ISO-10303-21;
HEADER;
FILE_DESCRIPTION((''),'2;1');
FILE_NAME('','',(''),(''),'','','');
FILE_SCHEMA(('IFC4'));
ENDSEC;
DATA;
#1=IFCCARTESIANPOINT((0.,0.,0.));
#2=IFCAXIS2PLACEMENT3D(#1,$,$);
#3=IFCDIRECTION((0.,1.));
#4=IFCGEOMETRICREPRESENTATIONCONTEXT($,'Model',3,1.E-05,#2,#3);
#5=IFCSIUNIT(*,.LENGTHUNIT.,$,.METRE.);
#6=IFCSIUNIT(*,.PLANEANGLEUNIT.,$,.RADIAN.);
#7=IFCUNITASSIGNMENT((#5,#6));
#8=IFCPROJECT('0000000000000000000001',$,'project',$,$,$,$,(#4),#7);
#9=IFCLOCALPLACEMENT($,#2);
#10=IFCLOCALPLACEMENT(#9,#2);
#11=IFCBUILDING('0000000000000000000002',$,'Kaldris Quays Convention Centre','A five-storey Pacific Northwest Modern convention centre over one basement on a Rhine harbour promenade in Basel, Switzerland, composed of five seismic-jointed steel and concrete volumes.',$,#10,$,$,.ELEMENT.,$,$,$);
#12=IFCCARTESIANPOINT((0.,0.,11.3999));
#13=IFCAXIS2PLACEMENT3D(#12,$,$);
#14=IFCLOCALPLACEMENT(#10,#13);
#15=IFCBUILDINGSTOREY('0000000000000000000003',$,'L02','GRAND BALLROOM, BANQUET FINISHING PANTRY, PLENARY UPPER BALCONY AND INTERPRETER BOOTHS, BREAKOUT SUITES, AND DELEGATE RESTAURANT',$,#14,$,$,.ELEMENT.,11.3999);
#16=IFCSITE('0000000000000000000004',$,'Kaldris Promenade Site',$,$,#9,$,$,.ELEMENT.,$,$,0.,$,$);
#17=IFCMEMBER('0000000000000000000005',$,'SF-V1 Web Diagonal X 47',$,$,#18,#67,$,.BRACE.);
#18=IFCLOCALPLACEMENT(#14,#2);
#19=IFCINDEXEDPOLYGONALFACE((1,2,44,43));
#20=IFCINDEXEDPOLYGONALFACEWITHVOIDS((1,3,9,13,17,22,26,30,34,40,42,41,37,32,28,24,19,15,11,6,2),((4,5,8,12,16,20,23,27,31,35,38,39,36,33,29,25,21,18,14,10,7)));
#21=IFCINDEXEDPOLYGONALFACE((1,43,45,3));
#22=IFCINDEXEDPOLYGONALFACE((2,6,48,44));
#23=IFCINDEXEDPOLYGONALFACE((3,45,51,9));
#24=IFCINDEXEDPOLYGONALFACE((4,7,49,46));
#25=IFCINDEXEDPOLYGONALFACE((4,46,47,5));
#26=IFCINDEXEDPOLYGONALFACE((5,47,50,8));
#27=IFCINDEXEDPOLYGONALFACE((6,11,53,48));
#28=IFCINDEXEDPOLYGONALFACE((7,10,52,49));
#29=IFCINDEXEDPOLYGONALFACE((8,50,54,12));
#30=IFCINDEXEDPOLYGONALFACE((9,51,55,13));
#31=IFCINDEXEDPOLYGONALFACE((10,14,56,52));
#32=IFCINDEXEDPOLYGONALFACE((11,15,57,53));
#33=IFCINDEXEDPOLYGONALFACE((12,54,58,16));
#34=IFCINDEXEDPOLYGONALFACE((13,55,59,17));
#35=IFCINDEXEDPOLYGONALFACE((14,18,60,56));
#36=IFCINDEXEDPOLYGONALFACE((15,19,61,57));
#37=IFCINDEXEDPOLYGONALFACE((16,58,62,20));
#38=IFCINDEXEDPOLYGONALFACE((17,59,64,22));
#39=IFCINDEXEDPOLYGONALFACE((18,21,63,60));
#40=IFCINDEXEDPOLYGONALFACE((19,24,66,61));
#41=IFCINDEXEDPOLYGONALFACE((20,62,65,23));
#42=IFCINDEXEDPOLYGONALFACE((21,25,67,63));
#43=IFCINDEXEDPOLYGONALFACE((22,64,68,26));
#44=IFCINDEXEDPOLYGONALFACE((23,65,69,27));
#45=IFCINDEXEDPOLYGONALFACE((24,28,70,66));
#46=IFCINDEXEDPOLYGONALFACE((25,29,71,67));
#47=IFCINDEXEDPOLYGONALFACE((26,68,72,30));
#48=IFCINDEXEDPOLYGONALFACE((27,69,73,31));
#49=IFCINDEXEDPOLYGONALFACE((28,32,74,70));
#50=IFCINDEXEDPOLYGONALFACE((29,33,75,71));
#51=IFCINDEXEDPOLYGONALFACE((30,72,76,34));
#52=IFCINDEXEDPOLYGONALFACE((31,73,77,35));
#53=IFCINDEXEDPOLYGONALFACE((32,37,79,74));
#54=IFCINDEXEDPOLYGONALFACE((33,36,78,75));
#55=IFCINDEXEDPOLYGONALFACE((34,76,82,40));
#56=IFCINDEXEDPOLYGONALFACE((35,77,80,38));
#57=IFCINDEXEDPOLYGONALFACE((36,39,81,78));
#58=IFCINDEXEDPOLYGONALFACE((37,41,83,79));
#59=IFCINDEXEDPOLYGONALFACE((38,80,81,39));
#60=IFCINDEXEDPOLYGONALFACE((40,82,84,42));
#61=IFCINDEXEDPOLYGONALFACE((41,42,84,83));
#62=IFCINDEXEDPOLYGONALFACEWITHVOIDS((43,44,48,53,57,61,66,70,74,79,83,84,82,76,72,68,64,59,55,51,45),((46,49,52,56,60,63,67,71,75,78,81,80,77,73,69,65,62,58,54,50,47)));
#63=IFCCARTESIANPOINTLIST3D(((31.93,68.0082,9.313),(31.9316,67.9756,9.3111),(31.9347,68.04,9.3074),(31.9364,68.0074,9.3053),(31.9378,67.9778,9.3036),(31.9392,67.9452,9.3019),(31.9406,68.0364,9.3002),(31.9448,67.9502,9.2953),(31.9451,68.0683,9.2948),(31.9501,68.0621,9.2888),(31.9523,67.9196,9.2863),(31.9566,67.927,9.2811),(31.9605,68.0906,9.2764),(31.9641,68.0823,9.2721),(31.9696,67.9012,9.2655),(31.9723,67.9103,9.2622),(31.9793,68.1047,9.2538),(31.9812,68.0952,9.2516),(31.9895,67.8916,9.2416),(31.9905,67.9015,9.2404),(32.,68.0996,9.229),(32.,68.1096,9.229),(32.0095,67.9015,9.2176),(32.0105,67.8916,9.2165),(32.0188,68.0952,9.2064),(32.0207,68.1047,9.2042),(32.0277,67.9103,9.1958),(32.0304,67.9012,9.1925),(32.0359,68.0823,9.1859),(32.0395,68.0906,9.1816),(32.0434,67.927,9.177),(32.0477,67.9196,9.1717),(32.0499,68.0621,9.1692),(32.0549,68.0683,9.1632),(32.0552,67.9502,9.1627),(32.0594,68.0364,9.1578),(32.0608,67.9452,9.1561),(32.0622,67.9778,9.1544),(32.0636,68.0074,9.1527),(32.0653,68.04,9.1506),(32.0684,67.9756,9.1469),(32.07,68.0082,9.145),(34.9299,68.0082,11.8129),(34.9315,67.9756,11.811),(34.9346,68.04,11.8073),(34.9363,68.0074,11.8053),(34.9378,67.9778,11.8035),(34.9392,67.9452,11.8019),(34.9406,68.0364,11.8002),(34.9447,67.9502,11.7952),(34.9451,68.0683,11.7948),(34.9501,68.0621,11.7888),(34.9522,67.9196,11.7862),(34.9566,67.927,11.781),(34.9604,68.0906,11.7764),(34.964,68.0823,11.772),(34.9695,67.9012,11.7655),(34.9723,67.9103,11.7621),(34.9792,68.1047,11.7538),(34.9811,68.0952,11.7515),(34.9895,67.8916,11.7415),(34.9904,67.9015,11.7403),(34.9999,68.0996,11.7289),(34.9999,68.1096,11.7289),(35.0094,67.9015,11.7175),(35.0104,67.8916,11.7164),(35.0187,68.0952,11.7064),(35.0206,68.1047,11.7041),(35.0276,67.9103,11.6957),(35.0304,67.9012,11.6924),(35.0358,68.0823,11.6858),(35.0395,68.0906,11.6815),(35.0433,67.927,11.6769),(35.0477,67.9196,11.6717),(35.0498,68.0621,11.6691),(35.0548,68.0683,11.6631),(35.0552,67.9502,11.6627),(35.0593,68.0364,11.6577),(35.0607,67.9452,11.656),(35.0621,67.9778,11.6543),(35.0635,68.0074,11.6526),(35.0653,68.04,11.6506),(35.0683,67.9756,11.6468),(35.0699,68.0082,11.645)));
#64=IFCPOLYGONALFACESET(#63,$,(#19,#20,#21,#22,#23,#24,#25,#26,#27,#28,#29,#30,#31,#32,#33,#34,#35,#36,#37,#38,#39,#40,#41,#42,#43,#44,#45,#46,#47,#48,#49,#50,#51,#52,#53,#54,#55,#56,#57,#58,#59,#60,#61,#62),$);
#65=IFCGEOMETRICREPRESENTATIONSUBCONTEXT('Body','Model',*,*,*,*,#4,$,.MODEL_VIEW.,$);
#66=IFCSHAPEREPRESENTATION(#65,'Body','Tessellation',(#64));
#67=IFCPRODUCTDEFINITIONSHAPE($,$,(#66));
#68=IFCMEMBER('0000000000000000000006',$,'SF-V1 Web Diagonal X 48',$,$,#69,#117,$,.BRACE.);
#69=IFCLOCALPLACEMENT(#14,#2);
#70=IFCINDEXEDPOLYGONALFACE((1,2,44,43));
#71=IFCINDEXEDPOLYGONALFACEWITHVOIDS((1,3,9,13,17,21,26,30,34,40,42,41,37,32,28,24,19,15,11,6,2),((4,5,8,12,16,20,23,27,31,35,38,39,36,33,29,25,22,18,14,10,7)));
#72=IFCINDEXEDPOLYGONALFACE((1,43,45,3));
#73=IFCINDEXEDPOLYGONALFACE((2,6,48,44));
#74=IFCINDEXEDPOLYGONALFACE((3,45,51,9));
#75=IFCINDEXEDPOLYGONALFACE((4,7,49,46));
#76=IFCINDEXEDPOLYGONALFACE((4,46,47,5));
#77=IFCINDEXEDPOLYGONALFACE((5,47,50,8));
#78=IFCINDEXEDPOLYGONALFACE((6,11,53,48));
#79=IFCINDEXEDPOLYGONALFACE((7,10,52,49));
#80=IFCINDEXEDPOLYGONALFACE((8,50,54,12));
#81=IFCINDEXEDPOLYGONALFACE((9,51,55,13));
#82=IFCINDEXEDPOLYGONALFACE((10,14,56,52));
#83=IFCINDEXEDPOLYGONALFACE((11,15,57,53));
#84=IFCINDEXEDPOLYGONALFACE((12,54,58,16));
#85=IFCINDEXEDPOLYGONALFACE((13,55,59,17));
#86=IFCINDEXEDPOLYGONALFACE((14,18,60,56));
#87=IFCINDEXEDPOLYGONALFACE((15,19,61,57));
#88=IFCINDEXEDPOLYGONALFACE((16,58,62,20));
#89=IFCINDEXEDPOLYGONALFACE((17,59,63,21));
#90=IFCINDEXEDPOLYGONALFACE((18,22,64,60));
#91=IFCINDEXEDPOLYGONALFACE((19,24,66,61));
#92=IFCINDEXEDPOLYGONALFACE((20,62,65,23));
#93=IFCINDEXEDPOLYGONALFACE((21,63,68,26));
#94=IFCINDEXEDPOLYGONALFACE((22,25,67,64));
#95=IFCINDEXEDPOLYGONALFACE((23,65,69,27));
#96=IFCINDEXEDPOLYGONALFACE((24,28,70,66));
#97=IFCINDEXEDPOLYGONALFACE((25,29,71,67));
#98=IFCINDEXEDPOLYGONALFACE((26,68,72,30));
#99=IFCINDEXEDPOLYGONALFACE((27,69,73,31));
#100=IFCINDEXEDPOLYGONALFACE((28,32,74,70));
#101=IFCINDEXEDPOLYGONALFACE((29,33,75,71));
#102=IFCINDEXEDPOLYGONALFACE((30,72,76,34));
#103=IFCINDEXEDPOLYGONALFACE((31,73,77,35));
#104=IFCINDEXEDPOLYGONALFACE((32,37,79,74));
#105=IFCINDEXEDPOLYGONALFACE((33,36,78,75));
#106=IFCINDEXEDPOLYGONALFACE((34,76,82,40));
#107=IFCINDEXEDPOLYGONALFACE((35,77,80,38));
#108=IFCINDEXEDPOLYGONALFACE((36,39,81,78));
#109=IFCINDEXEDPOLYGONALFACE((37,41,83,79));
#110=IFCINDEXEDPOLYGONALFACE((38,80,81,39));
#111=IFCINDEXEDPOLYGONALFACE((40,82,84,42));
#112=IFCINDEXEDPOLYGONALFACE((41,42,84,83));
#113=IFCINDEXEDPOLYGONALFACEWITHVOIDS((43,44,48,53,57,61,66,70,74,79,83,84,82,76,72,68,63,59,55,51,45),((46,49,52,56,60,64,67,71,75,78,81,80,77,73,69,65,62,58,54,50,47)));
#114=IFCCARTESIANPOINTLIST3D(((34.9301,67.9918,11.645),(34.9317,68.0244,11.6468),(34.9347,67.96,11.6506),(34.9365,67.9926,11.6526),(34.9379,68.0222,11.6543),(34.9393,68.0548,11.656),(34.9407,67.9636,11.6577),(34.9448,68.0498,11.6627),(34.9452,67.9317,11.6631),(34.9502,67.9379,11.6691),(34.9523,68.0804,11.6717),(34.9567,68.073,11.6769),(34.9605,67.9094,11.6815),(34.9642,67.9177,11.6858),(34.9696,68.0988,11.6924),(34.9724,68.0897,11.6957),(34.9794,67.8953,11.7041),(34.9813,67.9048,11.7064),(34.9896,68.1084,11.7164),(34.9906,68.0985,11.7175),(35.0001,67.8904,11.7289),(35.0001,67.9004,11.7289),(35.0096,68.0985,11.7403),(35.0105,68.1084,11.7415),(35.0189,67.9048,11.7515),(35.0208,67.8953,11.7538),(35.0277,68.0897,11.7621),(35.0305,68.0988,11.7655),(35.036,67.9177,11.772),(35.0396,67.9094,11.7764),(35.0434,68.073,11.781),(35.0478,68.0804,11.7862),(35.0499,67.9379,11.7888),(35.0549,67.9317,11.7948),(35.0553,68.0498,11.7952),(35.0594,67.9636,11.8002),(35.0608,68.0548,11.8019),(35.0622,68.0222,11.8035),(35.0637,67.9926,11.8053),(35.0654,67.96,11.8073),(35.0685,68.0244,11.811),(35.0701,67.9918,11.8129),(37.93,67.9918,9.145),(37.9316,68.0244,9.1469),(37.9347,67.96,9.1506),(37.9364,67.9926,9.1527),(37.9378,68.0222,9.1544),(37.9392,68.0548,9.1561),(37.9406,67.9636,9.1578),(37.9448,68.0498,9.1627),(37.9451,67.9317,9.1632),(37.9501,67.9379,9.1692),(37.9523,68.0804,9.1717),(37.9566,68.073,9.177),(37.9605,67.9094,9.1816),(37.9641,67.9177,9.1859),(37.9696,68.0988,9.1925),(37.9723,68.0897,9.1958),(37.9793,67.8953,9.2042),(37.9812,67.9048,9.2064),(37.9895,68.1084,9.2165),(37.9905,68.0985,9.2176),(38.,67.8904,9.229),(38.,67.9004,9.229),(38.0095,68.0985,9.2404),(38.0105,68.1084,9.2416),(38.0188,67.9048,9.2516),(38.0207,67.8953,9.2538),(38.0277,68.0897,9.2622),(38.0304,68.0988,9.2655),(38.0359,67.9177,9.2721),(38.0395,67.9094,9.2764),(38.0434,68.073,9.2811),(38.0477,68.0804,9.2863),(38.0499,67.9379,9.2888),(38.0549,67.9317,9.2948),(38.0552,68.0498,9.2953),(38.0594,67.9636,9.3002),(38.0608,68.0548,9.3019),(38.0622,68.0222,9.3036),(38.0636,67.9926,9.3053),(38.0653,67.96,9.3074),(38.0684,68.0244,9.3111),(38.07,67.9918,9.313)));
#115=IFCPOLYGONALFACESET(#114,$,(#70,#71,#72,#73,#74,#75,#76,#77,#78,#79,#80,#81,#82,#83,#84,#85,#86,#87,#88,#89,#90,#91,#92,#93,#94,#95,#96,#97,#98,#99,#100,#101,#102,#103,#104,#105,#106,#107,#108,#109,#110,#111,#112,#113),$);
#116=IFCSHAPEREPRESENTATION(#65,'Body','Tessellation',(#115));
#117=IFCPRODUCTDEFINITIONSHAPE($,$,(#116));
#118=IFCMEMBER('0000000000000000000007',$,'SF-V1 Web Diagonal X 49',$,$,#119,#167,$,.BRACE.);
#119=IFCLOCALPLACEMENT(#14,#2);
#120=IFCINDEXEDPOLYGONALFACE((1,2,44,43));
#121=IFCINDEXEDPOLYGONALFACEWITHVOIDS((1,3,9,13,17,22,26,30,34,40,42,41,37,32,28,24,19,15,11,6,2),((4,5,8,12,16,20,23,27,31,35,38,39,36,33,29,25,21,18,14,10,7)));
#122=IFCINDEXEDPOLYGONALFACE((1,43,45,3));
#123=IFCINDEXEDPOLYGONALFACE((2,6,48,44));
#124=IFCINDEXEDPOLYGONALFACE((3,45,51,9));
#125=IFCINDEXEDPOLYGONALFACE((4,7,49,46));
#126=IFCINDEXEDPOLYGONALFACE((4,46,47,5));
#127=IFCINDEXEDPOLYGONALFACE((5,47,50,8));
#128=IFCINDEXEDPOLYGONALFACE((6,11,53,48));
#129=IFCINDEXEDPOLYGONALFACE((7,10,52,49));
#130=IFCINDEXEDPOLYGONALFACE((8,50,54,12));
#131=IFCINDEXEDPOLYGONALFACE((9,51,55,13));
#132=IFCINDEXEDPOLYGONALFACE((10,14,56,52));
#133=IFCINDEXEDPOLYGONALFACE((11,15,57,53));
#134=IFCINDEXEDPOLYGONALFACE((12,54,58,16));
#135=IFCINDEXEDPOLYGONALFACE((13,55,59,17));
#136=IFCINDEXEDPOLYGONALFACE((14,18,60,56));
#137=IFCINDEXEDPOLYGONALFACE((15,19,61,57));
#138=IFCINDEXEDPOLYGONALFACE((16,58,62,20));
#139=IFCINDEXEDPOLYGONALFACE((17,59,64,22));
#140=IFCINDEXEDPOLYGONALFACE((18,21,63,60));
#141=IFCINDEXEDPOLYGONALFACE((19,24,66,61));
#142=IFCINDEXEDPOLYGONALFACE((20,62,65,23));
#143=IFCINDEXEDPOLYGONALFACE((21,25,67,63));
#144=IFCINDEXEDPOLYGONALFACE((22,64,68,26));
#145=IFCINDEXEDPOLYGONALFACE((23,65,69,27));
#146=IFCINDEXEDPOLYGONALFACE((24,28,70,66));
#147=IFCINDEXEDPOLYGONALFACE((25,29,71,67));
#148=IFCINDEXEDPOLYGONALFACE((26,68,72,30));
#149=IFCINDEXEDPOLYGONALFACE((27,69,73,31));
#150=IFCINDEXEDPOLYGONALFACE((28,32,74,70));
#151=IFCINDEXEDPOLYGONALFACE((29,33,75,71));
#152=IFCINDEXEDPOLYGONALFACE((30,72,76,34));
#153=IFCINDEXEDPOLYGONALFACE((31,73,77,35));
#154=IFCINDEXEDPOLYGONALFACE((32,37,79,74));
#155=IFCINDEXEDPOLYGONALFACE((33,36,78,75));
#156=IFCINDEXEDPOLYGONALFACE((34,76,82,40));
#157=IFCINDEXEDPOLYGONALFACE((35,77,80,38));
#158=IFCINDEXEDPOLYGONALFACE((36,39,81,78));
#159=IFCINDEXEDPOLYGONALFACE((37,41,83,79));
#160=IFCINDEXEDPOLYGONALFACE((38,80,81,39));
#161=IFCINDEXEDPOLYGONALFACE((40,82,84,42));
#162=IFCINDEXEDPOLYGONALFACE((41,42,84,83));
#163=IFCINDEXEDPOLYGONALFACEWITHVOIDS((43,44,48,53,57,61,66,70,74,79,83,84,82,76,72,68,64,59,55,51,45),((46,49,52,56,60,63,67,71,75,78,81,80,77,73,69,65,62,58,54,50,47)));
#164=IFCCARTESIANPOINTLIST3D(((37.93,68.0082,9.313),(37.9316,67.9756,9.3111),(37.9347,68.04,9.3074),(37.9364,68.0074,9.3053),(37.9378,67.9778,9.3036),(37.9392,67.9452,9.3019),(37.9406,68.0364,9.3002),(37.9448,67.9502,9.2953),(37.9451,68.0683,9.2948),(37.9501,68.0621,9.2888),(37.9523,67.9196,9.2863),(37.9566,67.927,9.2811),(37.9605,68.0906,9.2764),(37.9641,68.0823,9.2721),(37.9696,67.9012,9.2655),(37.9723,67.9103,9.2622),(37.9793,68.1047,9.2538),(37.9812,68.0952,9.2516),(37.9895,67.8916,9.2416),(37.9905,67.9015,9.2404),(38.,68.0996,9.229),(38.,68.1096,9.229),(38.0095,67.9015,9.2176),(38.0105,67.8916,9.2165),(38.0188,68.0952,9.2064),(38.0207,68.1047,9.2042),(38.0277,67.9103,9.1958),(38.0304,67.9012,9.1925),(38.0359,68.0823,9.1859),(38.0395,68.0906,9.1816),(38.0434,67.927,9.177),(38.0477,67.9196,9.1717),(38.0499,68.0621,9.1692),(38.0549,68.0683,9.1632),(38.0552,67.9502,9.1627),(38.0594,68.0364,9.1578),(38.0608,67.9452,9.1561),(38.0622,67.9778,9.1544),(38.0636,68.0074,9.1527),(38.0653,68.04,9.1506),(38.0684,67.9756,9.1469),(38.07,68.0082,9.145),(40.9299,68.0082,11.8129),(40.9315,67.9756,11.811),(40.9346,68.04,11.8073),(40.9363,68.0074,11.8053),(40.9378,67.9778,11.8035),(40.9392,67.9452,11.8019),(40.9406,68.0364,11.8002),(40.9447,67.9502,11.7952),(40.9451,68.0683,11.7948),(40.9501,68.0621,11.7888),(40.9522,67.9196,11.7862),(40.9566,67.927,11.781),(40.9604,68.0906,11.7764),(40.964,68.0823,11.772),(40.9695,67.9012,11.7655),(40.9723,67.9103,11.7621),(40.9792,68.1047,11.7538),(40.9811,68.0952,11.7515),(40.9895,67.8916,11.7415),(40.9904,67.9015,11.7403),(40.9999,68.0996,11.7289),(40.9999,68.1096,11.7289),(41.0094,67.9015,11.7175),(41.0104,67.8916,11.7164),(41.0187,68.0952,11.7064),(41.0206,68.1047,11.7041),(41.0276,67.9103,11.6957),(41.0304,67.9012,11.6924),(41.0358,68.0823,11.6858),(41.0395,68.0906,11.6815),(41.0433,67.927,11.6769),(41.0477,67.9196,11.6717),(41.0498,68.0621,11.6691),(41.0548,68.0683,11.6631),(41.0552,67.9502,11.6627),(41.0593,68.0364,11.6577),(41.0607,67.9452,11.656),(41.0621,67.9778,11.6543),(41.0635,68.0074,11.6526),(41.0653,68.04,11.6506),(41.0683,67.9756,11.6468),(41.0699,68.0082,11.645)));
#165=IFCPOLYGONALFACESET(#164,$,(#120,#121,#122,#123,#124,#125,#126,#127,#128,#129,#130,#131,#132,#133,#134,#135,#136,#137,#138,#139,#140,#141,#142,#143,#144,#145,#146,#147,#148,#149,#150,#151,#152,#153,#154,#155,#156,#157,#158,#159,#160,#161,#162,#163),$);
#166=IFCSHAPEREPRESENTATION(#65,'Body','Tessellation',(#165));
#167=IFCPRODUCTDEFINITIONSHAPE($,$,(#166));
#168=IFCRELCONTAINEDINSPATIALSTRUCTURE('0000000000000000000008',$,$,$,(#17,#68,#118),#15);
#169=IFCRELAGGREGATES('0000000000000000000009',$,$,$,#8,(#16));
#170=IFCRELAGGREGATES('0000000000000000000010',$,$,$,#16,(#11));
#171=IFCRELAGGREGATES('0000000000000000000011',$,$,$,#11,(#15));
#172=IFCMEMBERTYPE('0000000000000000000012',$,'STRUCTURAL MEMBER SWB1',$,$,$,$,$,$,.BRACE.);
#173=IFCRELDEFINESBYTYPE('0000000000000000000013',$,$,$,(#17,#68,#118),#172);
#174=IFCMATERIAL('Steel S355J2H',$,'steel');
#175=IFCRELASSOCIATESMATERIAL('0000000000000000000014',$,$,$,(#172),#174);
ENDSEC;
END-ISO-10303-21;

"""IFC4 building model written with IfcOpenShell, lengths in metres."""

from ifc_helpers import new_model, si_unit, direction, frame, origin, origin_2d, place, context, subcontext, project, spatial, hollow_circle, extrude, material, material_profile, profile_set, type_object, element, save


model = new_model("IFC4")

# Units and contexts
model_context = context("Model", 3, precision=1e-05, world=origin(), true_north=direction((0.0, 1.0)))
body_context = subcontext(model_context, "Body", "Model", "MODEL_VIEW")
ifc_project = project(units=[si_unit("LENGTHUNIT", "METRE"), si_unit("PLANEANGLEUNIT", "RADIAN")], contexts=[model_context])

# Site, building, storey
site_placement = place(None, origin())
site = spatial("IfcSite", under=ifc_project, at=site_placement, Name="Kaldris Promenade Site", CompositionType="ELEMENT", RefElevation=0.0)
building_placement = place(site_placement, origin())
building = spatial("IfcBuilding", under=site, at=building_placement, Name="Kaldris Quays Convention Centre", Description="A five-storey Pacific Northwest Modern convention centre over one basement on a Rhine harbour promenade in Basel, Switzerland, composed of five seismic-jointed steel and concrete volumes.", CompositionType="ELEMENT")
storey_placement = place(building_placement, frame((0.0, 0.0, 11.3999)))
storey = spatial("IfcBuildingStorey", under=building, at=storey_placement, Name="L02", Description="GRAND BALLROOM, BANQUET FINISHING PANTRY, PLENARY UPPER BALCONY AND INTERPRETER BOOTHS, BREAKOUT SUITES, AND DELEGATE RESTAURANT", CompositionType="ELEMENT", Elevation=11.3999)

# Members
ifc_material_1 = material(Name="Steel S355J2H", Category="steel")
ifc_material_profile_1 = material_profile(ifc_material_1, hollow_circle(Radius=0.1096, WallThickness=0.01, at=origin_2d()), Name="CHS 219.1x10")
ifc_profile_set_1 = profile_set([ifc_material_profile_1], Name="Steel S355J2H")
member_type_1 = type_object("IfcMemberType", Name="STRUCTURAL MEMBER SWB1", PredefinedType="BRACE", material=ifc_profile_set_1)
for number, where, z_axis, x_axis, name in (
    (1, (32.0, 68.0, 9.229), (0.768221, 0.0, 0.640184), (0.0, 1.0, 0.0), "SF-V1 Web Diagonal X 47"),
    (2, (38.0, 68.0, 9.229), (-0.768221, 0.0, 0.640184), (0.0, -1.0, 0.0), "SF-V1 Web Diagonal X 48"),
    (3, (38.0, 68.0, 9.229), (0.768221, 0.0, 0.640184), (0.0, 1.0, 0.0), "SF-V1 Web Diagonal X 49"),
):
    element("IfcMember", number, at=place(storey_placement, frame(where, z_axis=z_axis, x_axis=x_axis)), inside=storey, type_object=member_type_1, Name=name, PredefinedType="BRACE", context=body_context, shape_type="SweptSolid", body=[
        extrude(hollow_circle(Radius=0.1096, WallThickness=0.01, at=origin_2d()), origin(), (0.0, 0.0, 1.0), 3.905),
    ])

save(model, "model.ifc")
